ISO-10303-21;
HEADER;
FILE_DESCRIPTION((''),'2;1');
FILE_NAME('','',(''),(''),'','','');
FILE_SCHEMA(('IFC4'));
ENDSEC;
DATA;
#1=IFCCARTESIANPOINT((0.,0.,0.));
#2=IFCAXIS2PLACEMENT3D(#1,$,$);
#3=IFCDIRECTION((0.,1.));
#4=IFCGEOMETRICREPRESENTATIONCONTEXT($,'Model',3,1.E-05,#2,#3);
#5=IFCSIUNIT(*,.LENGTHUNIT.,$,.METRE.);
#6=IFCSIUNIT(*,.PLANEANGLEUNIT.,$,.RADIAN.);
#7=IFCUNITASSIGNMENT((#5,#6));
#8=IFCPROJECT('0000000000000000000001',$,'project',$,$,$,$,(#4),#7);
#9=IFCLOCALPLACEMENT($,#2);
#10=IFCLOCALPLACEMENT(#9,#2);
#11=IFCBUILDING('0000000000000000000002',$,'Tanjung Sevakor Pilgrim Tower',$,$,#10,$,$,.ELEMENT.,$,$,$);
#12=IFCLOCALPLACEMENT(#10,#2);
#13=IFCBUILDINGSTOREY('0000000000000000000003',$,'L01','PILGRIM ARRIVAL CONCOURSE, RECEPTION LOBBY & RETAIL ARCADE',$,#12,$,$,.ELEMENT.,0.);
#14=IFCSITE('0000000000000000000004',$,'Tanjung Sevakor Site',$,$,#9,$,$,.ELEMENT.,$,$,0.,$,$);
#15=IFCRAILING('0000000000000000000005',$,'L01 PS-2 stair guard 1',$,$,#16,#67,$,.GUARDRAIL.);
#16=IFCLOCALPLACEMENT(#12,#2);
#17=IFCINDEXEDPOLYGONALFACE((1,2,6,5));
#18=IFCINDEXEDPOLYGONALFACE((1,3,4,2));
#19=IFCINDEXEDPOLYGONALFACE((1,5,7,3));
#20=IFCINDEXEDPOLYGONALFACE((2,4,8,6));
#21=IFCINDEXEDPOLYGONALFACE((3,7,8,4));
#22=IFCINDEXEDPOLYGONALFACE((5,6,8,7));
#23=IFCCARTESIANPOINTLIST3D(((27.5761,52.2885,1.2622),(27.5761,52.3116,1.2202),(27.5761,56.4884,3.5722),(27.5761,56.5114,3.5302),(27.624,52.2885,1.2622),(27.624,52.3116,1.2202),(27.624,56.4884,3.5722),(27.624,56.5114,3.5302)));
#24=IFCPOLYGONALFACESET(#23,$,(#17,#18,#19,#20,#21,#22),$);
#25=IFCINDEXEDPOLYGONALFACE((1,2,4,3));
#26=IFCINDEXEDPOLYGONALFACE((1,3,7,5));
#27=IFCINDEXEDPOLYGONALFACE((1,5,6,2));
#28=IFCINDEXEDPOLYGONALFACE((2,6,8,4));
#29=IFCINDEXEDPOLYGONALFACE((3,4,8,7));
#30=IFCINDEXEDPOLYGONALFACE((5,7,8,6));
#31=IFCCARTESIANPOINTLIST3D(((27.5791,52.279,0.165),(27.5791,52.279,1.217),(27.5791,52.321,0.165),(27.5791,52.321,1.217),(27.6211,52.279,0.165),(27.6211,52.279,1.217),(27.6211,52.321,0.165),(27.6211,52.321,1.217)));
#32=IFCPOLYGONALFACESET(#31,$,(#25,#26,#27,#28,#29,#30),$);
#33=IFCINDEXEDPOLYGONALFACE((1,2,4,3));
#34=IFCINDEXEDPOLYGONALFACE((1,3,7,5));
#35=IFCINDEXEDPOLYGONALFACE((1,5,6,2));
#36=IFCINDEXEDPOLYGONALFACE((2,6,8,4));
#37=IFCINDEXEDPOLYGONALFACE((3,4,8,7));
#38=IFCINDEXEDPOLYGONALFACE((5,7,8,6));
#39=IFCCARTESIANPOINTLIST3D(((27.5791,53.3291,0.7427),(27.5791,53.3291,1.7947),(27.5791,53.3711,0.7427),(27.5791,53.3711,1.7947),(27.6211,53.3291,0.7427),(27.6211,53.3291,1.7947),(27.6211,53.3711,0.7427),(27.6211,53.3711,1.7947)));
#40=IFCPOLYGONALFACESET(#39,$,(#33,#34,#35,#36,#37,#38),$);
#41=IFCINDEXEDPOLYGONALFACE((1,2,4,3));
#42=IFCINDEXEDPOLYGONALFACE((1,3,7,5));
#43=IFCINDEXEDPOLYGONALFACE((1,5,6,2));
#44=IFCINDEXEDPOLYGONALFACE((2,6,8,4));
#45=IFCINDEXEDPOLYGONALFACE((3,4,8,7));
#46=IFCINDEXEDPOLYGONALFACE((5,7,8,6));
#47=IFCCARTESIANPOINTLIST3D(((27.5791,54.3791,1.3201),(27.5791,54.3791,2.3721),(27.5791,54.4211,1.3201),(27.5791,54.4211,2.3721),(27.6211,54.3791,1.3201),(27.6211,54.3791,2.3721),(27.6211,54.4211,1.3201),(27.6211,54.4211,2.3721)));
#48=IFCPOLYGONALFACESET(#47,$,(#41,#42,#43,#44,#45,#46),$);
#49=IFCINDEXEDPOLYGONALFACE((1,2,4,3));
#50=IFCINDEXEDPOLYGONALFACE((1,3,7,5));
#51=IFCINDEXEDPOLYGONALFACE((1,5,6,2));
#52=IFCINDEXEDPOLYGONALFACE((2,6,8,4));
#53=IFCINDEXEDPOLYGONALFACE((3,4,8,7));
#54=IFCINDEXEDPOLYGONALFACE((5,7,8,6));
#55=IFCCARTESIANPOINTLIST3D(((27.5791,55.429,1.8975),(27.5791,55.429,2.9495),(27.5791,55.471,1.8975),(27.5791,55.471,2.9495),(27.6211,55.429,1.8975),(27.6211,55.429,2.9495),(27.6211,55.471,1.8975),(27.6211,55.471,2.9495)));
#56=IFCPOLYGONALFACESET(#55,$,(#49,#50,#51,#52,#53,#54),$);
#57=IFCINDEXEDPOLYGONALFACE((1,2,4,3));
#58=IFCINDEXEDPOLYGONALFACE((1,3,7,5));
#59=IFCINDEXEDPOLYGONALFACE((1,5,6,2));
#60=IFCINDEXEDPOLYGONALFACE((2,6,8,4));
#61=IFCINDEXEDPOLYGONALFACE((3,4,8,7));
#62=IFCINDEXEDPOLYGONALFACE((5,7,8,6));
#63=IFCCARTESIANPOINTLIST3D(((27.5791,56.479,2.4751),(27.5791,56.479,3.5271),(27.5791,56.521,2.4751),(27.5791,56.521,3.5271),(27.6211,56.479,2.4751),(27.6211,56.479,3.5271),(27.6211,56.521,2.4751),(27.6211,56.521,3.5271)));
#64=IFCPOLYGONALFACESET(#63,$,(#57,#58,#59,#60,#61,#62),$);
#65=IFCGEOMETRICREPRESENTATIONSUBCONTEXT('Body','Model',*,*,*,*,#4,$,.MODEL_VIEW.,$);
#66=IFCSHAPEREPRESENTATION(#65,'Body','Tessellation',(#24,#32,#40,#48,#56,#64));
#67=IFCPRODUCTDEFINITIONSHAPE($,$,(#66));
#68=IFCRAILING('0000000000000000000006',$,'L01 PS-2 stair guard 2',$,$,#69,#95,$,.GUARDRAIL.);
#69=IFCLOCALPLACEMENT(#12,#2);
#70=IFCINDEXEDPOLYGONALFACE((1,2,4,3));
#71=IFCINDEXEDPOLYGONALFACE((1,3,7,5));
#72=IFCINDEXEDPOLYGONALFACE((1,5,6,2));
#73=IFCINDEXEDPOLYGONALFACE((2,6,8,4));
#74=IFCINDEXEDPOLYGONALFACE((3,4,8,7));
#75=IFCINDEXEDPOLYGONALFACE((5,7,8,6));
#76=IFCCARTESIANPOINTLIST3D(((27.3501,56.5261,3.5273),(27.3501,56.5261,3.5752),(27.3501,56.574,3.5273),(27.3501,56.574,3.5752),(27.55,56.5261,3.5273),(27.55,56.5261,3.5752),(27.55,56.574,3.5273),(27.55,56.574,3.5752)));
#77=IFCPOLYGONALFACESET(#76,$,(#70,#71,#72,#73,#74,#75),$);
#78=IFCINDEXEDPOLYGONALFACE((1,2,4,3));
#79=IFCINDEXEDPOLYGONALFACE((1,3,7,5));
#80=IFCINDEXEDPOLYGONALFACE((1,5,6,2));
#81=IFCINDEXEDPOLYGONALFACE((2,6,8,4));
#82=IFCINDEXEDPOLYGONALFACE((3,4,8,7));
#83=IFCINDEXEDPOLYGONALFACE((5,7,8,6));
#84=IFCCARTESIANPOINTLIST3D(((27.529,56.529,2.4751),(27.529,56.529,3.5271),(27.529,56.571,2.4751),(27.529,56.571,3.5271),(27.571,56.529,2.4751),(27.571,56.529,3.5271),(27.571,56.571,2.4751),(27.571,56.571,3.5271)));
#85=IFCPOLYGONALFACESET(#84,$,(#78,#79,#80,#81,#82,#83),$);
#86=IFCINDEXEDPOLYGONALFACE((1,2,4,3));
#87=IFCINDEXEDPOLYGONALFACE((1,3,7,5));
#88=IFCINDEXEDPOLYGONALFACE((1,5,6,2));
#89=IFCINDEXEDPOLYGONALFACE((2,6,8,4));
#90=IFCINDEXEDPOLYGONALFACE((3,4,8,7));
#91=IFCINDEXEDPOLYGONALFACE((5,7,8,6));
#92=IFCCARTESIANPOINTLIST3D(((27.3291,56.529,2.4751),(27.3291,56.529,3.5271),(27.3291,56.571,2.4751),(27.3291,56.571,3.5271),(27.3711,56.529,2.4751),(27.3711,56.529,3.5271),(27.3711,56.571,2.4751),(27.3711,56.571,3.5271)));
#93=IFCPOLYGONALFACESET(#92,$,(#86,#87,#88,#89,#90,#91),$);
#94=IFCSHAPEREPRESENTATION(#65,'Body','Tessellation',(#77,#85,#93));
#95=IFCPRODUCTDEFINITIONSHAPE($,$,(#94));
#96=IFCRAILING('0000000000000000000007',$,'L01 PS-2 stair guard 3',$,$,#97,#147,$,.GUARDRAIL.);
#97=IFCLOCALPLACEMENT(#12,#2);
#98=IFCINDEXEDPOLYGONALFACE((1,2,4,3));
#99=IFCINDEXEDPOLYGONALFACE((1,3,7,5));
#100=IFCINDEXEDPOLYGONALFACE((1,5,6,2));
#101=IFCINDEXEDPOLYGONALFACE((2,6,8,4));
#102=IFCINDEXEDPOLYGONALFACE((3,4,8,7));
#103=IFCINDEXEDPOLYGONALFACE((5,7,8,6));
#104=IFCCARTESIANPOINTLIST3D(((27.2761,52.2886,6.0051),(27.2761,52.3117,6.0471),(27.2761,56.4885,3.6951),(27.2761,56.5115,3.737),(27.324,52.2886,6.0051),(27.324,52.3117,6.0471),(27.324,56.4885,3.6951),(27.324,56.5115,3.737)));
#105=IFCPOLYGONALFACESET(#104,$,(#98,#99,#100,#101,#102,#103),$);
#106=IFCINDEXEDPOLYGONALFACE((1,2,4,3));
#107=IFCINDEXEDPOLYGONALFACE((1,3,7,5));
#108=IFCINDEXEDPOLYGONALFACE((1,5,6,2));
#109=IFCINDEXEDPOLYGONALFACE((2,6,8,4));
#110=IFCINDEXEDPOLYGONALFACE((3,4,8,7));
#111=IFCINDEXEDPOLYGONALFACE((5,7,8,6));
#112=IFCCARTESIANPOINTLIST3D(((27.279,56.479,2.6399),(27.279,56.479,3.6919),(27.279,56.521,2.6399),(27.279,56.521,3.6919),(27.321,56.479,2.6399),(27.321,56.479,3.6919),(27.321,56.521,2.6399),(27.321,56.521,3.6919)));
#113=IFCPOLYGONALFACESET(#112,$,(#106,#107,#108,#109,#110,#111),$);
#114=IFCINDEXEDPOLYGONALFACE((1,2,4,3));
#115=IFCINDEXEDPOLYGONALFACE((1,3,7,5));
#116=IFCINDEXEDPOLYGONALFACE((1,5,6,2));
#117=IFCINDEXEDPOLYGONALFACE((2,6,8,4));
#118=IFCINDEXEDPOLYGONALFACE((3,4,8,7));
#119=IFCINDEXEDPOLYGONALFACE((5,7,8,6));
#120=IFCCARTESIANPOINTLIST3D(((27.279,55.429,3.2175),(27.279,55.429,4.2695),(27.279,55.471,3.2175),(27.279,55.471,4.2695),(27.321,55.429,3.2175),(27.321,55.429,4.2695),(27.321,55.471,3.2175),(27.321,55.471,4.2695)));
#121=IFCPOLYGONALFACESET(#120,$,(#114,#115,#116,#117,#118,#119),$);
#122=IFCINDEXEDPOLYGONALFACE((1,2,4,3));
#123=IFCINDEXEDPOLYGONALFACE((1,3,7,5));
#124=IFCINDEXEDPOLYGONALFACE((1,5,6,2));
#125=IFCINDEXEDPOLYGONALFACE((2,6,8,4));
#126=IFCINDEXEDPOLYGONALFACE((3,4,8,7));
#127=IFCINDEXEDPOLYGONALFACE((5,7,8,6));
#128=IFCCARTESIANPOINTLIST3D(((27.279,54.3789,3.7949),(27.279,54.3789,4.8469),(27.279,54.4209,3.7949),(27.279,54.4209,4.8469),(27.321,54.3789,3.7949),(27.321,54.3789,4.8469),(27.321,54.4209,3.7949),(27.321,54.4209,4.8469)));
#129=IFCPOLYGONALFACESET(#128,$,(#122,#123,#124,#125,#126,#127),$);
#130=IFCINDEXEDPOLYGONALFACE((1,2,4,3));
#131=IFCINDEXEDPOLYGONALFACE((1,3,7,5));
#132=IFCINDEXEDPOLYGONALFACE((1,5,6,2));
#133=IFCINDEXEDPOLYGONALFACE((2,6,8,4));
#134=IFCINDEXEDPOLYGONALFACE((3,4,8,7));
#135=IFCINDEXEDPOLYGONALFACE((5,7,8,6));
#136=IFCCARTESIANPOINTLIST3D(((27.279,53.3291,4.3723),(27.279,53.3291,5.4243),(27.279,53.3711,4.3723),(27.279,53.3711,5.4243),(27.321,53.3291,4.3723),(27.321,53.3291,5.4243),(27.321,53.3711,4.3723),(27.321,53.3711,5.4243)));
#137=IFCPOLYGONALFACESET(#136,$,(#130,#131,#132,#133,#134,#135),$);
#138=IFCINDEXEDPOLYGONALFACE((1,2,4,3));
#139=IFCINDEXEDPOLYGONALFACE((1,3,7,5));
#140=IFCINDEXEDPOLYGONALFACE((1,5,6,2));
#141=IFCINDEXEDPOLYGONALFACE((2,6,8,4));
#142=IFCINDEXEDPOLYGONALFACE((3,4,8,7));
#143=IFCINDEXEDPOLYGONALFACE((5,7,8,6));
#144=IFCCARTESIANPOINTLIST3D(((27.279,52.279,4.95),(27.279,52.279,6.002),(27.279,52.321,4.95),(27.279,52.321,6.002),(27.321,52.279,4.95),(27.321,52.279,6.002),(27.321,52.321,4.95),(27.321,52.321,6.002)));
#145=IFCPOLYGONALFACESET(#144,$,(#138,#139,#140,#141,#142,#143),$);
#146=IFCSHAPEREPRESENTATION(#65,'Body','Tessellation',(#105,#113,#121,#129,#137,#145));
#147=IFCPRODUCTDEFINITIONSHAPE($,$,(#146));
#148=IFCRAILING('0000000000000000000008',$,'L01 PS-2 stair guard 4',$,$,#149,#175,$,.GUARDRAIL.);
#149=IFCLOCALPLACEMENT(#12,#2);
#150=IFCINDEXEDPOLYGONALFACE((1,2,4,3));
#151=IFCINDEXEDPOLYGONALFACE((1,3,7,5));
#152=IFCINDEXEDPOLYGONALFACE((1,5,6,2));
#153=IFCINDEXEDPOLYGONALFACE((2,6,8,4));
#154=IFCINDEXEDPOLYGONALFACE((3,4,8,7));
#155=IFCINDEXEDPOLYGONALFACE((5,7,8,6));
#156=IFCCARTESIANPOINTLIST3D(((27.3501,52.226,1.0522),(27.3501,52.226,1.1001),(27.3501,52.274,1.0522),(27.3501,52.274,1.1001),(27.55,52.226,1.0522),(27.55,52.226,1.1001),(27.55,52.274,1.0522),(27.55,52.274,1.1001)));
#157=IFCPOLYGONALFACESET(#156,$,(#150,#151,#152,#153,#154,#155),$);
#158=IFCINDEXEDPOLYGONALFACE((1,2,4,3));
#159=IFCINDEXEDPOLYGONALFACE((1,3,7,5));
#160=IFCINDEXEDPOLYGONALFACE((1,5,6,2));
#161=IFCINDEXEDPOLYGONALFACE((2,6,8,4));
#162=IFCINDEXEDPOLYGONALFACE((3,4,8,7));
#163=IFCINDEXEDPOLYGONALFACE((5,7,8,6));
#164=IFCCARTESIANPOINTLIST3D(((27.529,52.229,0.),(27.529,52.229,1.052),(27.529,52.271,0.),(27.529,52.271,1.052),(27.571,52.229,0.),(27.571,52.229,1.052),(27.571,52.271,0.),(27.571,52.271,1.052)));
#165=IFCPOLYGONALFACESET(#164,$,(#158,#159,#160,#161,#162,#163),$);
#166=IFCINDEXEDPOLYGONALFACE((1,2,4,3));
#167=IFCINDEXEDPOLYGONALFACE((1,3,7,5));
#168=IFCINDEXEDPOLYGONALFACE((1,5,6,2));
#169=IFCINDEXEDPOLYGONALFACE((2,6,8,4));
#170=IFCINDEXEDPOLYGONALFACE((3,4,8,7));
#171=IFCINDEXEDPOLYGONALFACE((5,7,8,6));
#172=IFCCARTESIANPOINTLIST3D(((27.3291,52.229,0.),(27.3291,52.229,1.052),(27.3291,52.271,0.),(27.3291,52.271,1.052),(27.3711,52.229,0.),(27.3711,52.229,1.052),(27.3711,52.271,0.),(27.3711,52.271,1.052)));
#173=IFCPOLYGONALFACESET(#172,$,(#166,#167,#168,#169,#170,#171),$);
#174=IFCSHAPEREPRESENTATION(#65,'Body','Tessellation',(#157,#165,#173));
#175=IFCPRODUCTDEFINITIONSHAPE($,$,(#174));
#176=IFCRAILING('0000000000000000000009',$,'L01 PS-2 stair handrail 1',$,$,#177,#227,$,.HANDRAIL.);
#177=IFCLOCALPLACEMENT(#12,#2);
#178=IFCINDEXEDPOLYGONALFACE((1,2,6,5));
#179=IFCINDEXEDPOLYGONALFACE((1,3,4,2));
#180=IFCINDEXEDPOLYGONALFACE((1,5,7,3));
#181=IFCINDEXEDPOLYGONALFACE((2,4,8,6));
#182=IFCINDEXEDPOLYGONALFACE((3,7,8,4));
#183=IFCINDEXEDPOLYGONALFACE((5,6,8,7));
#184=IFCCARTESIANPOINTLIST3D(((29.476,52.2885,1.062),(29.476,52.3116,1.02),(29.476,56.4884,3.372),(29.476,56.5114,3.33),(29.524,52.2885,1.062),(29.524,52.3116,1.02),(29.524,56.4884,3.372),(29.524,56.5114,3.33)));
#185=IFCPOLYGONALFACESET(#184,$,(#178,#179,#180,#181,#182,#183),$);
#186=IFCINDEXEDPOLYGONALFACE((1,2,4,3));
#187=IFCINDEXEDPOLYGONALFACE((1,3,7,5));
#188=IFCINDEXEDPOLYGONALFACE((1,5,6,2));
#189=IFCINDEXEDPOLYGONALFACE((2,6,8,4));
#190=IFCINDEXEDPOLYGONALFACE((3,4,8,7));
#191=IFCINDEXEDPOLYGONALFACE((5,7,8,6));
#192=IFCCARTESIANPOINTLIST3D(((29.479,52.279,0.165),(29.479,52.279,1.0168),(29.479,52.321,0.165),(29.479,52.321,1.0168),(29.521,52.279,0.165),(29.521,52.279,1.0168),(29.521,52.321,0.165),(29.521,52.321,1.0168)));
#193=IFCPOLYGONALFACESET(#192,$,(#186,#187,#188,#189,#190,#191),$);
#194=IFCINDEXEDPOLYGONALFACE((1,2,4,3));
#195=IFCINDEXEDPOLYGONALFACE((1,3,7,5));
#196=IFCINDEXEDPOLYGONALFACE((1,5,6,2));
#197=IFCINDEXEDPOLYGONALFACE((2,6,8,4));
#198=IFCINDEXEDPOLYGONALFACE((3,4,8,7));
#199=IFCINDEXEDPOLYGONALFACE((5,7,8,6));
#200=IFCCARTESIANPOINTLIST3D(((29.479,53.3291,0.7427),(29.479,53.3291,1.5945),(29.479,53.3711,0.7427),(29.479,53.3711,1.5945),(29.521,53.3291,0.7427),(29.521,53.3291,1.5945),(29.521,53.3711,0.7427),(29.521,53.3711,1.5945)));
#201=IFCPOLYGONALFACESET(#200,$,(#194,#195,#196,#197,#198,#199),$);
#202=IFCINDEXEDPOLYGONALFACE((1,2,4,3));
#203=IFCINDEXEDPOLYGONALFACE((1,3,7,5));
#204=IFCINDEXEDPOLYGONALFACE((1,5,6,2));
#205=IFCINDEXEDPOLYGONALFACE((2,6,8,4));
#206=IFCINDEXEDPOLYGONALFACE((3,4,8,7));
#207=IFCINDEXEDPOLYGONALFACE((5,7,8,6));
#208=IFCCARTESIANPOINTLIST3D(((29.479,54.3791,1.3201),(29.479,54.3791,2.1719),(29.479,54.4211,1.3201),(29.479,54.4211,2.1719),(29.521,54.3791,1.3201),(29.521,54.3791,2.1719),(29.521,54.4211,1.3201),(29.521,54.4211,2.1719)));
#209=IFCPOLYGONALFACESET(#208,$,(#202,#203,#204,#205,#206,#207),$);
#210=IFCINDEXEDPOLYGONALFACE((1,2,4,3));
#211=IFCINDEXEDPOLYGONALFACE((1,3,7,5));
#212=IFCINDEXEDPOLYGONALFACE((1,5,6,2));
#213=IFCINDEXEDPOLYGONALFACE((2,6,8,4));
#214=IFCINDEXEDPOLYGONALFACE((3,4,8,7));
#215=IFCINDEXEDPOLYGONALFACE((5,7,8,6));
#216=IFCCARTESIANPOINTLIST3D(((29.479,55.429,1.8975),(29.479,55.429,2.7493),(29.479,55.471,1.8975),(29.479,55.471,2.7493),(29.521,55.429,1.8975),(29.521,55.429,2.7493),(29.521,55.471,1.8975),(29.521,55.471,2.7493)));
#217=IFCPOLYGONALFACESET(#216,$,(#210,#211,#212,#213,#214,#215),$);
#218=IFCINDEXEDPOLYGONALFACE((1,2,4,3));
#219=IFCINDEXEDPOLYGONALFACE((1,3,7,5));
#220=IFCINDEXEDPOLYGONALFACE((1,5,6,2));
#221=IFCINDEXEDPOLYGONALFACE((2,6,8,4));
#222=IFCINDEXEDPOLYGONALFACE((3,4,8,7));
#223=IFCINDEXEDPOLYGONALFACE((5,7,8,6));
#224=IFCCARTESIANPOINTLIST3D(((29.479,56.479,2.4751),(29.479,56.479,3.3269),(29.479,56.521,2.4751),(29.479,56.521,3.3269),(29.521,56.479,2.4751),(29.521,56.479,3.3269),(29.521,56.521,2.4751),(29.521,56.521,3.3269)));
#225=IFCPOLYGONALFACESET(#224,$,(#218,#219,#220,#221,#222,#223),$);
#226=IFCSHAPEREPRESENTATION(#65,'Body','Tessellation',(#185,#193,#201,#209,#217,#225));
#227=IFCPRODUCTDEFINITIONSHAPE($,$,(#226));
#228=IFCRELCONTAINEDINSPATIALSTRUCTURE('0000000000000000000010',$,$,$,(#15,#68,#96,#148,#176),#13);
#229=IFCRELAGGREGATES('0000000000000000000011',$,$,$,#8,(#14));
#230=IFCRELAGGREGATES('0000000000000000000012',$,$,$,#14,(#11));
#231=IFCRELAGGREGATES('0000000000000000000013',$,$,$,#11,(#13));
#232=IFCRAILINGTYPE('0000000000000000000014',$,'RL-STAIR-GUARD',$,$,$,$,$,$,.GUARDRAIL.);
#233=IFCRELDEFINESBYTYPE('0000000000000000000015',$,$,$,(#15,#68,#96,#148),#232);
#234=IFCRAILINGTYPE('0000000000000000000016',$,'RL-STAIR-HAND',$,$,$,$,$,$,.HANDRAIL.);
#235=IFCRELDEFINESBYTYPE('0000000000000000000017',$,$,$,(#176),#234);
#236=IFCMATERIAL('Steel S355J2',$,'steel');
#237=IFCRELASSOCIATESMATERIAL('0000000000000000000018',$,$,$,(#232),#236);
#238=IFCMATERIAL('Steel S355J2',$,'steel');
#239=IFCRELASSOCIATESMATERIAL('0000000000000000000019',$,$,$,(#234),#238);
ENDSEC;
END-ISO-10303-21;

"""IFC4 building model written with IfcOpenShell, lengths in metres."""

from ifc_helpers import new_model, si_unit, direction, frame, origin, place, context, subcontext, project, spatial, rectangle, extrude, material, type_object, element, save


model = new_model("IFC4")

# Units and contexts
model_context = context("Model", 3, precision=1e-05, world=origin(), true_north=direction((0.0, 1.0)))
body_context = subcontext(model_context, "Body", "Model", "MODEL_VIEW")
ifc_project = project(units=[si_unit("LENGTHUNIT", "METRE"), si_unit("PLANEANGLEUNIT", "RADIAN")], contexts=[model_context])

# Site, building, storey
site_placement = place(None, origin())
site = spatial("IfcSite", under=ifc_project, at=site_placement, Name="Tanjung Sevakor Site", CompositionType="ELEMENT", RefElevation=0.0)
building_placement = place(site_placement, origin())
building = spatial("IfcBuilding", under=site, at=building_placement, Name="Tanjung Sevakor Pilgrim Tower", CompositionType="ELEMENT")
storey_placement = place(building_placement, origin())
storey = spatial("IfcBuildingStorey", under=building, at=storey_placement, Name="L01", Description="PILGRIM ARRIVAL CONCOURSE, RECEPTION LOBBY & RETAIL ARCADE", CompositionType="ELEMENT", Elevation=0.0)

# Railings
ifc_material_1 = material(Name="Steel S355J2", Category="steel")
railing_type_1 = type_object("IfcRailingType", Name="RL-STAIR-GUARD", PredefinedType="GUARDRAIL", material=ifc_material_1)
railing_1_placement = place(storey_placement, frame((27.6001, 52.3, 0.165)))
element("IfcRailing", 1, at=railing_1_placement, inside=storey, type_object=railing_type_1, Name="L01 PS-2 stair guard 1", PredefinedType="GUARDRAIL", context=body_context, shape_type="SweptSolid", body=[
    extrude(rectangle(XDim=0.0479, YDim=0.0479), frame((0.0, 0.0, 1.0762), z_axis=(0.0, 0.876208, 0.481932), x_axis=(-1.0, 0.0, 0.0)), (0.0, 0.0, 1.0), 4.7932),
    extrude(rectangle(XDim=0.042, YDim=0.042), origin(), (0.0, 0.0, 1.0), 1.052),
    extrude(rectangle(XDim=0.042, YDim=0.042), frame((0.0, 1.05, 0.5776)), (0.0, 0.0, 1.0), 1.052),
    extrude(rectangle(XDim=0.042, YDim=0.042), frame((0.0, 2.1001, 1.155)), (0.0, 0.0, 1.0), 1.052),
    extrude(rectangle(XDim=0.042, YDim=0.042), frame((0.0, 3.1499, 1.7324)), (0.0, 0.0, 1.0), 1.052),
    extrude(rectangle(XDim=0.042, YDim=0.042), frame((0.0, 4.2, 2.3101)), (0.0, 0.0, 1.0), 1.052),
])
railing_2_placement = place(storey_placement, frame((27.55, 56.55, 2.4751)))
element("IfcRailing", 2, at=railing_2_placement, inside=storey, type_object=railing_type_1, Name="L01 PS-2 stair guard 2", PredefinedType="GUARDRAIL", context=body_context, shape_type="SweptSolid", body=[
    extrude(rectangle(XDim=0.0479, YDim=0.0479), frame((0.0, 0.0, 1.0762), z_axis=(-1.0, 0.0, 0.0), x_axis=(0.0, -1.0, 0.0)), (0.0, 0.0, 1.0), 0.2),
    extrude(rectangle(XDim=0.042, YDim=0.042), origin(), (0.0, 0.0, 1.0), 1.052),
    extrude(rectangle(XDim=0.042, YDim=0.042), frame((-0.2, 0.0, 0.0)), (0.0, 0.0, 1.0), 1.052),
])
railing_3_placement = place(storey_placement, frame((27.3, 56.5, 2.6399)))
element("IfcRailing", 3, at=railing_3_placement, inside=storey, type_object=railing_type_1, Name="L01 PS-2 stair guard 3", PredefinedType="GUARDRAIL", context=body_context, shape_type="SweptSolid", body=[
    extrude(rectangle(XDim=0.0479, YDim=0.0479), frame((0.0, 0.0, 1.0762), z_axis=(0.0, -0.876208, 0.481932), x_axis=(1.0, 0.0, 0.0)), (0.0, 0.0, 1.0), 4.7932),
    extrude(rectangle(XDim=0.042, YDim=0.042), origin(), (0.0, 0.0, 1.0), 1.052),
    extrude(rectangle(XDim=0.042, YDim=0.042), frame((0.0, -1.05, 0.5776)), (0.0, 0.0, 1.0), 1.052),
    extrude(rectangle(XDim=0.042, YDim=0.042), frame((0.0, -2.1001, 1.155)), (0.0, 0.0, 1.0), 1.052),
    extrude(rectangle(XDim=0.042, YDim=0.042), frame((0.0, -3.1499, 1.7324)), (0.0, 0.0, 1.0), 1.052),
    extrude(rectangle(XDim=0.042, YDim=0.042), frame((0.0, -4.2, 2.3101)), (0.0, 0.0, 1.0), 1.052),
])
railing_4_placement = place(storey_placement, frame((27.55, 52.25, 0.0)))
element("IfcRailing", 4, at=railing_4_placement, inside=storey, type_object=railing_type_1, Name="L01 PS-2 stair guard 4", PredefinedType="GUARDRAIL", context=body_context, shape_type="SweptSolid", body=[
    extrude(rectangle(XDim=0.0479, YDim=0.0479), frame((0.0, 0.0, 1.0762), z_axis=(-1.0, 0.0, 0.0), x_axis=(0.0, -1.0, 0.0)), (0.0, 0.0, 1.0), 0.2),
    extrude(rectangle(XDim=0.042, YDim=0.042), origin(), (0.0, 0.0, 1.0), 1.052),
    extrude(rectangle(XDim=0.042, YDim=0.042), frame((-0.2, 0.0, 0.0)), (0.0, 0.0, 1.0), 1.052),
])
ifc_material_2 = material(Name="Steel S355J2", Category="steel")
railing_type_2 = type_object("IfcRailingType", Name="RL-STAIR-HAND", PredefinedType="HANDRAIL", material=ifc_material_2)
railing_5_placement = place(storey_placement, frame((29.5, 52.3, 0.165)))
element("IfcRailing", 5, at=railing_5_placement, inside=storey, type_object=railing_type_2, Name="L01 PS-2 stair handrail 1", PredefinedType="HANDRAIL", context=body_context, shape_type="SweptSolid", body=[
    extrude(rectangle(XDim=0.0479, YDim=0.0479), frame((0.0, 0.0, 0.876), z_axis=(0.0, 0.876208, 0.481932), x_axis=(-1.0, 0.0, 0.0)), (0.0, 0.0, 1.0), 4.7932),
    extrude(rectangle(XDim=0.042, YDim=0.042), origin(), (0.0, 0.0, 1.0), 0.8518),
    extrude(rectangle(XDim=0.042, YDim=0.042), frame((0.0, 1.05, 0.5776)), (0.0, 0.0, 1.0), 0.8518),
    extrude(rectangle(XDim=0.042, YDim=0.042), frame((0.0, 2.1001, 1.155)), (0.0, 0.0, 1.0), 0.8518),
    extrude(rectangle(XDim=0.042, YDim=0.042), frame((0.0, 3.1499, 1.7324)), (0.0, 0.0, 1.0), 0.8518),
    extrude(rectangle(XDim=0.042, YDim=0.042), frame((0.0, 4.2, 2.3101)), (0.0, 0.0, 1.0), 0.8518),
])

save(model, "model.ifc")
